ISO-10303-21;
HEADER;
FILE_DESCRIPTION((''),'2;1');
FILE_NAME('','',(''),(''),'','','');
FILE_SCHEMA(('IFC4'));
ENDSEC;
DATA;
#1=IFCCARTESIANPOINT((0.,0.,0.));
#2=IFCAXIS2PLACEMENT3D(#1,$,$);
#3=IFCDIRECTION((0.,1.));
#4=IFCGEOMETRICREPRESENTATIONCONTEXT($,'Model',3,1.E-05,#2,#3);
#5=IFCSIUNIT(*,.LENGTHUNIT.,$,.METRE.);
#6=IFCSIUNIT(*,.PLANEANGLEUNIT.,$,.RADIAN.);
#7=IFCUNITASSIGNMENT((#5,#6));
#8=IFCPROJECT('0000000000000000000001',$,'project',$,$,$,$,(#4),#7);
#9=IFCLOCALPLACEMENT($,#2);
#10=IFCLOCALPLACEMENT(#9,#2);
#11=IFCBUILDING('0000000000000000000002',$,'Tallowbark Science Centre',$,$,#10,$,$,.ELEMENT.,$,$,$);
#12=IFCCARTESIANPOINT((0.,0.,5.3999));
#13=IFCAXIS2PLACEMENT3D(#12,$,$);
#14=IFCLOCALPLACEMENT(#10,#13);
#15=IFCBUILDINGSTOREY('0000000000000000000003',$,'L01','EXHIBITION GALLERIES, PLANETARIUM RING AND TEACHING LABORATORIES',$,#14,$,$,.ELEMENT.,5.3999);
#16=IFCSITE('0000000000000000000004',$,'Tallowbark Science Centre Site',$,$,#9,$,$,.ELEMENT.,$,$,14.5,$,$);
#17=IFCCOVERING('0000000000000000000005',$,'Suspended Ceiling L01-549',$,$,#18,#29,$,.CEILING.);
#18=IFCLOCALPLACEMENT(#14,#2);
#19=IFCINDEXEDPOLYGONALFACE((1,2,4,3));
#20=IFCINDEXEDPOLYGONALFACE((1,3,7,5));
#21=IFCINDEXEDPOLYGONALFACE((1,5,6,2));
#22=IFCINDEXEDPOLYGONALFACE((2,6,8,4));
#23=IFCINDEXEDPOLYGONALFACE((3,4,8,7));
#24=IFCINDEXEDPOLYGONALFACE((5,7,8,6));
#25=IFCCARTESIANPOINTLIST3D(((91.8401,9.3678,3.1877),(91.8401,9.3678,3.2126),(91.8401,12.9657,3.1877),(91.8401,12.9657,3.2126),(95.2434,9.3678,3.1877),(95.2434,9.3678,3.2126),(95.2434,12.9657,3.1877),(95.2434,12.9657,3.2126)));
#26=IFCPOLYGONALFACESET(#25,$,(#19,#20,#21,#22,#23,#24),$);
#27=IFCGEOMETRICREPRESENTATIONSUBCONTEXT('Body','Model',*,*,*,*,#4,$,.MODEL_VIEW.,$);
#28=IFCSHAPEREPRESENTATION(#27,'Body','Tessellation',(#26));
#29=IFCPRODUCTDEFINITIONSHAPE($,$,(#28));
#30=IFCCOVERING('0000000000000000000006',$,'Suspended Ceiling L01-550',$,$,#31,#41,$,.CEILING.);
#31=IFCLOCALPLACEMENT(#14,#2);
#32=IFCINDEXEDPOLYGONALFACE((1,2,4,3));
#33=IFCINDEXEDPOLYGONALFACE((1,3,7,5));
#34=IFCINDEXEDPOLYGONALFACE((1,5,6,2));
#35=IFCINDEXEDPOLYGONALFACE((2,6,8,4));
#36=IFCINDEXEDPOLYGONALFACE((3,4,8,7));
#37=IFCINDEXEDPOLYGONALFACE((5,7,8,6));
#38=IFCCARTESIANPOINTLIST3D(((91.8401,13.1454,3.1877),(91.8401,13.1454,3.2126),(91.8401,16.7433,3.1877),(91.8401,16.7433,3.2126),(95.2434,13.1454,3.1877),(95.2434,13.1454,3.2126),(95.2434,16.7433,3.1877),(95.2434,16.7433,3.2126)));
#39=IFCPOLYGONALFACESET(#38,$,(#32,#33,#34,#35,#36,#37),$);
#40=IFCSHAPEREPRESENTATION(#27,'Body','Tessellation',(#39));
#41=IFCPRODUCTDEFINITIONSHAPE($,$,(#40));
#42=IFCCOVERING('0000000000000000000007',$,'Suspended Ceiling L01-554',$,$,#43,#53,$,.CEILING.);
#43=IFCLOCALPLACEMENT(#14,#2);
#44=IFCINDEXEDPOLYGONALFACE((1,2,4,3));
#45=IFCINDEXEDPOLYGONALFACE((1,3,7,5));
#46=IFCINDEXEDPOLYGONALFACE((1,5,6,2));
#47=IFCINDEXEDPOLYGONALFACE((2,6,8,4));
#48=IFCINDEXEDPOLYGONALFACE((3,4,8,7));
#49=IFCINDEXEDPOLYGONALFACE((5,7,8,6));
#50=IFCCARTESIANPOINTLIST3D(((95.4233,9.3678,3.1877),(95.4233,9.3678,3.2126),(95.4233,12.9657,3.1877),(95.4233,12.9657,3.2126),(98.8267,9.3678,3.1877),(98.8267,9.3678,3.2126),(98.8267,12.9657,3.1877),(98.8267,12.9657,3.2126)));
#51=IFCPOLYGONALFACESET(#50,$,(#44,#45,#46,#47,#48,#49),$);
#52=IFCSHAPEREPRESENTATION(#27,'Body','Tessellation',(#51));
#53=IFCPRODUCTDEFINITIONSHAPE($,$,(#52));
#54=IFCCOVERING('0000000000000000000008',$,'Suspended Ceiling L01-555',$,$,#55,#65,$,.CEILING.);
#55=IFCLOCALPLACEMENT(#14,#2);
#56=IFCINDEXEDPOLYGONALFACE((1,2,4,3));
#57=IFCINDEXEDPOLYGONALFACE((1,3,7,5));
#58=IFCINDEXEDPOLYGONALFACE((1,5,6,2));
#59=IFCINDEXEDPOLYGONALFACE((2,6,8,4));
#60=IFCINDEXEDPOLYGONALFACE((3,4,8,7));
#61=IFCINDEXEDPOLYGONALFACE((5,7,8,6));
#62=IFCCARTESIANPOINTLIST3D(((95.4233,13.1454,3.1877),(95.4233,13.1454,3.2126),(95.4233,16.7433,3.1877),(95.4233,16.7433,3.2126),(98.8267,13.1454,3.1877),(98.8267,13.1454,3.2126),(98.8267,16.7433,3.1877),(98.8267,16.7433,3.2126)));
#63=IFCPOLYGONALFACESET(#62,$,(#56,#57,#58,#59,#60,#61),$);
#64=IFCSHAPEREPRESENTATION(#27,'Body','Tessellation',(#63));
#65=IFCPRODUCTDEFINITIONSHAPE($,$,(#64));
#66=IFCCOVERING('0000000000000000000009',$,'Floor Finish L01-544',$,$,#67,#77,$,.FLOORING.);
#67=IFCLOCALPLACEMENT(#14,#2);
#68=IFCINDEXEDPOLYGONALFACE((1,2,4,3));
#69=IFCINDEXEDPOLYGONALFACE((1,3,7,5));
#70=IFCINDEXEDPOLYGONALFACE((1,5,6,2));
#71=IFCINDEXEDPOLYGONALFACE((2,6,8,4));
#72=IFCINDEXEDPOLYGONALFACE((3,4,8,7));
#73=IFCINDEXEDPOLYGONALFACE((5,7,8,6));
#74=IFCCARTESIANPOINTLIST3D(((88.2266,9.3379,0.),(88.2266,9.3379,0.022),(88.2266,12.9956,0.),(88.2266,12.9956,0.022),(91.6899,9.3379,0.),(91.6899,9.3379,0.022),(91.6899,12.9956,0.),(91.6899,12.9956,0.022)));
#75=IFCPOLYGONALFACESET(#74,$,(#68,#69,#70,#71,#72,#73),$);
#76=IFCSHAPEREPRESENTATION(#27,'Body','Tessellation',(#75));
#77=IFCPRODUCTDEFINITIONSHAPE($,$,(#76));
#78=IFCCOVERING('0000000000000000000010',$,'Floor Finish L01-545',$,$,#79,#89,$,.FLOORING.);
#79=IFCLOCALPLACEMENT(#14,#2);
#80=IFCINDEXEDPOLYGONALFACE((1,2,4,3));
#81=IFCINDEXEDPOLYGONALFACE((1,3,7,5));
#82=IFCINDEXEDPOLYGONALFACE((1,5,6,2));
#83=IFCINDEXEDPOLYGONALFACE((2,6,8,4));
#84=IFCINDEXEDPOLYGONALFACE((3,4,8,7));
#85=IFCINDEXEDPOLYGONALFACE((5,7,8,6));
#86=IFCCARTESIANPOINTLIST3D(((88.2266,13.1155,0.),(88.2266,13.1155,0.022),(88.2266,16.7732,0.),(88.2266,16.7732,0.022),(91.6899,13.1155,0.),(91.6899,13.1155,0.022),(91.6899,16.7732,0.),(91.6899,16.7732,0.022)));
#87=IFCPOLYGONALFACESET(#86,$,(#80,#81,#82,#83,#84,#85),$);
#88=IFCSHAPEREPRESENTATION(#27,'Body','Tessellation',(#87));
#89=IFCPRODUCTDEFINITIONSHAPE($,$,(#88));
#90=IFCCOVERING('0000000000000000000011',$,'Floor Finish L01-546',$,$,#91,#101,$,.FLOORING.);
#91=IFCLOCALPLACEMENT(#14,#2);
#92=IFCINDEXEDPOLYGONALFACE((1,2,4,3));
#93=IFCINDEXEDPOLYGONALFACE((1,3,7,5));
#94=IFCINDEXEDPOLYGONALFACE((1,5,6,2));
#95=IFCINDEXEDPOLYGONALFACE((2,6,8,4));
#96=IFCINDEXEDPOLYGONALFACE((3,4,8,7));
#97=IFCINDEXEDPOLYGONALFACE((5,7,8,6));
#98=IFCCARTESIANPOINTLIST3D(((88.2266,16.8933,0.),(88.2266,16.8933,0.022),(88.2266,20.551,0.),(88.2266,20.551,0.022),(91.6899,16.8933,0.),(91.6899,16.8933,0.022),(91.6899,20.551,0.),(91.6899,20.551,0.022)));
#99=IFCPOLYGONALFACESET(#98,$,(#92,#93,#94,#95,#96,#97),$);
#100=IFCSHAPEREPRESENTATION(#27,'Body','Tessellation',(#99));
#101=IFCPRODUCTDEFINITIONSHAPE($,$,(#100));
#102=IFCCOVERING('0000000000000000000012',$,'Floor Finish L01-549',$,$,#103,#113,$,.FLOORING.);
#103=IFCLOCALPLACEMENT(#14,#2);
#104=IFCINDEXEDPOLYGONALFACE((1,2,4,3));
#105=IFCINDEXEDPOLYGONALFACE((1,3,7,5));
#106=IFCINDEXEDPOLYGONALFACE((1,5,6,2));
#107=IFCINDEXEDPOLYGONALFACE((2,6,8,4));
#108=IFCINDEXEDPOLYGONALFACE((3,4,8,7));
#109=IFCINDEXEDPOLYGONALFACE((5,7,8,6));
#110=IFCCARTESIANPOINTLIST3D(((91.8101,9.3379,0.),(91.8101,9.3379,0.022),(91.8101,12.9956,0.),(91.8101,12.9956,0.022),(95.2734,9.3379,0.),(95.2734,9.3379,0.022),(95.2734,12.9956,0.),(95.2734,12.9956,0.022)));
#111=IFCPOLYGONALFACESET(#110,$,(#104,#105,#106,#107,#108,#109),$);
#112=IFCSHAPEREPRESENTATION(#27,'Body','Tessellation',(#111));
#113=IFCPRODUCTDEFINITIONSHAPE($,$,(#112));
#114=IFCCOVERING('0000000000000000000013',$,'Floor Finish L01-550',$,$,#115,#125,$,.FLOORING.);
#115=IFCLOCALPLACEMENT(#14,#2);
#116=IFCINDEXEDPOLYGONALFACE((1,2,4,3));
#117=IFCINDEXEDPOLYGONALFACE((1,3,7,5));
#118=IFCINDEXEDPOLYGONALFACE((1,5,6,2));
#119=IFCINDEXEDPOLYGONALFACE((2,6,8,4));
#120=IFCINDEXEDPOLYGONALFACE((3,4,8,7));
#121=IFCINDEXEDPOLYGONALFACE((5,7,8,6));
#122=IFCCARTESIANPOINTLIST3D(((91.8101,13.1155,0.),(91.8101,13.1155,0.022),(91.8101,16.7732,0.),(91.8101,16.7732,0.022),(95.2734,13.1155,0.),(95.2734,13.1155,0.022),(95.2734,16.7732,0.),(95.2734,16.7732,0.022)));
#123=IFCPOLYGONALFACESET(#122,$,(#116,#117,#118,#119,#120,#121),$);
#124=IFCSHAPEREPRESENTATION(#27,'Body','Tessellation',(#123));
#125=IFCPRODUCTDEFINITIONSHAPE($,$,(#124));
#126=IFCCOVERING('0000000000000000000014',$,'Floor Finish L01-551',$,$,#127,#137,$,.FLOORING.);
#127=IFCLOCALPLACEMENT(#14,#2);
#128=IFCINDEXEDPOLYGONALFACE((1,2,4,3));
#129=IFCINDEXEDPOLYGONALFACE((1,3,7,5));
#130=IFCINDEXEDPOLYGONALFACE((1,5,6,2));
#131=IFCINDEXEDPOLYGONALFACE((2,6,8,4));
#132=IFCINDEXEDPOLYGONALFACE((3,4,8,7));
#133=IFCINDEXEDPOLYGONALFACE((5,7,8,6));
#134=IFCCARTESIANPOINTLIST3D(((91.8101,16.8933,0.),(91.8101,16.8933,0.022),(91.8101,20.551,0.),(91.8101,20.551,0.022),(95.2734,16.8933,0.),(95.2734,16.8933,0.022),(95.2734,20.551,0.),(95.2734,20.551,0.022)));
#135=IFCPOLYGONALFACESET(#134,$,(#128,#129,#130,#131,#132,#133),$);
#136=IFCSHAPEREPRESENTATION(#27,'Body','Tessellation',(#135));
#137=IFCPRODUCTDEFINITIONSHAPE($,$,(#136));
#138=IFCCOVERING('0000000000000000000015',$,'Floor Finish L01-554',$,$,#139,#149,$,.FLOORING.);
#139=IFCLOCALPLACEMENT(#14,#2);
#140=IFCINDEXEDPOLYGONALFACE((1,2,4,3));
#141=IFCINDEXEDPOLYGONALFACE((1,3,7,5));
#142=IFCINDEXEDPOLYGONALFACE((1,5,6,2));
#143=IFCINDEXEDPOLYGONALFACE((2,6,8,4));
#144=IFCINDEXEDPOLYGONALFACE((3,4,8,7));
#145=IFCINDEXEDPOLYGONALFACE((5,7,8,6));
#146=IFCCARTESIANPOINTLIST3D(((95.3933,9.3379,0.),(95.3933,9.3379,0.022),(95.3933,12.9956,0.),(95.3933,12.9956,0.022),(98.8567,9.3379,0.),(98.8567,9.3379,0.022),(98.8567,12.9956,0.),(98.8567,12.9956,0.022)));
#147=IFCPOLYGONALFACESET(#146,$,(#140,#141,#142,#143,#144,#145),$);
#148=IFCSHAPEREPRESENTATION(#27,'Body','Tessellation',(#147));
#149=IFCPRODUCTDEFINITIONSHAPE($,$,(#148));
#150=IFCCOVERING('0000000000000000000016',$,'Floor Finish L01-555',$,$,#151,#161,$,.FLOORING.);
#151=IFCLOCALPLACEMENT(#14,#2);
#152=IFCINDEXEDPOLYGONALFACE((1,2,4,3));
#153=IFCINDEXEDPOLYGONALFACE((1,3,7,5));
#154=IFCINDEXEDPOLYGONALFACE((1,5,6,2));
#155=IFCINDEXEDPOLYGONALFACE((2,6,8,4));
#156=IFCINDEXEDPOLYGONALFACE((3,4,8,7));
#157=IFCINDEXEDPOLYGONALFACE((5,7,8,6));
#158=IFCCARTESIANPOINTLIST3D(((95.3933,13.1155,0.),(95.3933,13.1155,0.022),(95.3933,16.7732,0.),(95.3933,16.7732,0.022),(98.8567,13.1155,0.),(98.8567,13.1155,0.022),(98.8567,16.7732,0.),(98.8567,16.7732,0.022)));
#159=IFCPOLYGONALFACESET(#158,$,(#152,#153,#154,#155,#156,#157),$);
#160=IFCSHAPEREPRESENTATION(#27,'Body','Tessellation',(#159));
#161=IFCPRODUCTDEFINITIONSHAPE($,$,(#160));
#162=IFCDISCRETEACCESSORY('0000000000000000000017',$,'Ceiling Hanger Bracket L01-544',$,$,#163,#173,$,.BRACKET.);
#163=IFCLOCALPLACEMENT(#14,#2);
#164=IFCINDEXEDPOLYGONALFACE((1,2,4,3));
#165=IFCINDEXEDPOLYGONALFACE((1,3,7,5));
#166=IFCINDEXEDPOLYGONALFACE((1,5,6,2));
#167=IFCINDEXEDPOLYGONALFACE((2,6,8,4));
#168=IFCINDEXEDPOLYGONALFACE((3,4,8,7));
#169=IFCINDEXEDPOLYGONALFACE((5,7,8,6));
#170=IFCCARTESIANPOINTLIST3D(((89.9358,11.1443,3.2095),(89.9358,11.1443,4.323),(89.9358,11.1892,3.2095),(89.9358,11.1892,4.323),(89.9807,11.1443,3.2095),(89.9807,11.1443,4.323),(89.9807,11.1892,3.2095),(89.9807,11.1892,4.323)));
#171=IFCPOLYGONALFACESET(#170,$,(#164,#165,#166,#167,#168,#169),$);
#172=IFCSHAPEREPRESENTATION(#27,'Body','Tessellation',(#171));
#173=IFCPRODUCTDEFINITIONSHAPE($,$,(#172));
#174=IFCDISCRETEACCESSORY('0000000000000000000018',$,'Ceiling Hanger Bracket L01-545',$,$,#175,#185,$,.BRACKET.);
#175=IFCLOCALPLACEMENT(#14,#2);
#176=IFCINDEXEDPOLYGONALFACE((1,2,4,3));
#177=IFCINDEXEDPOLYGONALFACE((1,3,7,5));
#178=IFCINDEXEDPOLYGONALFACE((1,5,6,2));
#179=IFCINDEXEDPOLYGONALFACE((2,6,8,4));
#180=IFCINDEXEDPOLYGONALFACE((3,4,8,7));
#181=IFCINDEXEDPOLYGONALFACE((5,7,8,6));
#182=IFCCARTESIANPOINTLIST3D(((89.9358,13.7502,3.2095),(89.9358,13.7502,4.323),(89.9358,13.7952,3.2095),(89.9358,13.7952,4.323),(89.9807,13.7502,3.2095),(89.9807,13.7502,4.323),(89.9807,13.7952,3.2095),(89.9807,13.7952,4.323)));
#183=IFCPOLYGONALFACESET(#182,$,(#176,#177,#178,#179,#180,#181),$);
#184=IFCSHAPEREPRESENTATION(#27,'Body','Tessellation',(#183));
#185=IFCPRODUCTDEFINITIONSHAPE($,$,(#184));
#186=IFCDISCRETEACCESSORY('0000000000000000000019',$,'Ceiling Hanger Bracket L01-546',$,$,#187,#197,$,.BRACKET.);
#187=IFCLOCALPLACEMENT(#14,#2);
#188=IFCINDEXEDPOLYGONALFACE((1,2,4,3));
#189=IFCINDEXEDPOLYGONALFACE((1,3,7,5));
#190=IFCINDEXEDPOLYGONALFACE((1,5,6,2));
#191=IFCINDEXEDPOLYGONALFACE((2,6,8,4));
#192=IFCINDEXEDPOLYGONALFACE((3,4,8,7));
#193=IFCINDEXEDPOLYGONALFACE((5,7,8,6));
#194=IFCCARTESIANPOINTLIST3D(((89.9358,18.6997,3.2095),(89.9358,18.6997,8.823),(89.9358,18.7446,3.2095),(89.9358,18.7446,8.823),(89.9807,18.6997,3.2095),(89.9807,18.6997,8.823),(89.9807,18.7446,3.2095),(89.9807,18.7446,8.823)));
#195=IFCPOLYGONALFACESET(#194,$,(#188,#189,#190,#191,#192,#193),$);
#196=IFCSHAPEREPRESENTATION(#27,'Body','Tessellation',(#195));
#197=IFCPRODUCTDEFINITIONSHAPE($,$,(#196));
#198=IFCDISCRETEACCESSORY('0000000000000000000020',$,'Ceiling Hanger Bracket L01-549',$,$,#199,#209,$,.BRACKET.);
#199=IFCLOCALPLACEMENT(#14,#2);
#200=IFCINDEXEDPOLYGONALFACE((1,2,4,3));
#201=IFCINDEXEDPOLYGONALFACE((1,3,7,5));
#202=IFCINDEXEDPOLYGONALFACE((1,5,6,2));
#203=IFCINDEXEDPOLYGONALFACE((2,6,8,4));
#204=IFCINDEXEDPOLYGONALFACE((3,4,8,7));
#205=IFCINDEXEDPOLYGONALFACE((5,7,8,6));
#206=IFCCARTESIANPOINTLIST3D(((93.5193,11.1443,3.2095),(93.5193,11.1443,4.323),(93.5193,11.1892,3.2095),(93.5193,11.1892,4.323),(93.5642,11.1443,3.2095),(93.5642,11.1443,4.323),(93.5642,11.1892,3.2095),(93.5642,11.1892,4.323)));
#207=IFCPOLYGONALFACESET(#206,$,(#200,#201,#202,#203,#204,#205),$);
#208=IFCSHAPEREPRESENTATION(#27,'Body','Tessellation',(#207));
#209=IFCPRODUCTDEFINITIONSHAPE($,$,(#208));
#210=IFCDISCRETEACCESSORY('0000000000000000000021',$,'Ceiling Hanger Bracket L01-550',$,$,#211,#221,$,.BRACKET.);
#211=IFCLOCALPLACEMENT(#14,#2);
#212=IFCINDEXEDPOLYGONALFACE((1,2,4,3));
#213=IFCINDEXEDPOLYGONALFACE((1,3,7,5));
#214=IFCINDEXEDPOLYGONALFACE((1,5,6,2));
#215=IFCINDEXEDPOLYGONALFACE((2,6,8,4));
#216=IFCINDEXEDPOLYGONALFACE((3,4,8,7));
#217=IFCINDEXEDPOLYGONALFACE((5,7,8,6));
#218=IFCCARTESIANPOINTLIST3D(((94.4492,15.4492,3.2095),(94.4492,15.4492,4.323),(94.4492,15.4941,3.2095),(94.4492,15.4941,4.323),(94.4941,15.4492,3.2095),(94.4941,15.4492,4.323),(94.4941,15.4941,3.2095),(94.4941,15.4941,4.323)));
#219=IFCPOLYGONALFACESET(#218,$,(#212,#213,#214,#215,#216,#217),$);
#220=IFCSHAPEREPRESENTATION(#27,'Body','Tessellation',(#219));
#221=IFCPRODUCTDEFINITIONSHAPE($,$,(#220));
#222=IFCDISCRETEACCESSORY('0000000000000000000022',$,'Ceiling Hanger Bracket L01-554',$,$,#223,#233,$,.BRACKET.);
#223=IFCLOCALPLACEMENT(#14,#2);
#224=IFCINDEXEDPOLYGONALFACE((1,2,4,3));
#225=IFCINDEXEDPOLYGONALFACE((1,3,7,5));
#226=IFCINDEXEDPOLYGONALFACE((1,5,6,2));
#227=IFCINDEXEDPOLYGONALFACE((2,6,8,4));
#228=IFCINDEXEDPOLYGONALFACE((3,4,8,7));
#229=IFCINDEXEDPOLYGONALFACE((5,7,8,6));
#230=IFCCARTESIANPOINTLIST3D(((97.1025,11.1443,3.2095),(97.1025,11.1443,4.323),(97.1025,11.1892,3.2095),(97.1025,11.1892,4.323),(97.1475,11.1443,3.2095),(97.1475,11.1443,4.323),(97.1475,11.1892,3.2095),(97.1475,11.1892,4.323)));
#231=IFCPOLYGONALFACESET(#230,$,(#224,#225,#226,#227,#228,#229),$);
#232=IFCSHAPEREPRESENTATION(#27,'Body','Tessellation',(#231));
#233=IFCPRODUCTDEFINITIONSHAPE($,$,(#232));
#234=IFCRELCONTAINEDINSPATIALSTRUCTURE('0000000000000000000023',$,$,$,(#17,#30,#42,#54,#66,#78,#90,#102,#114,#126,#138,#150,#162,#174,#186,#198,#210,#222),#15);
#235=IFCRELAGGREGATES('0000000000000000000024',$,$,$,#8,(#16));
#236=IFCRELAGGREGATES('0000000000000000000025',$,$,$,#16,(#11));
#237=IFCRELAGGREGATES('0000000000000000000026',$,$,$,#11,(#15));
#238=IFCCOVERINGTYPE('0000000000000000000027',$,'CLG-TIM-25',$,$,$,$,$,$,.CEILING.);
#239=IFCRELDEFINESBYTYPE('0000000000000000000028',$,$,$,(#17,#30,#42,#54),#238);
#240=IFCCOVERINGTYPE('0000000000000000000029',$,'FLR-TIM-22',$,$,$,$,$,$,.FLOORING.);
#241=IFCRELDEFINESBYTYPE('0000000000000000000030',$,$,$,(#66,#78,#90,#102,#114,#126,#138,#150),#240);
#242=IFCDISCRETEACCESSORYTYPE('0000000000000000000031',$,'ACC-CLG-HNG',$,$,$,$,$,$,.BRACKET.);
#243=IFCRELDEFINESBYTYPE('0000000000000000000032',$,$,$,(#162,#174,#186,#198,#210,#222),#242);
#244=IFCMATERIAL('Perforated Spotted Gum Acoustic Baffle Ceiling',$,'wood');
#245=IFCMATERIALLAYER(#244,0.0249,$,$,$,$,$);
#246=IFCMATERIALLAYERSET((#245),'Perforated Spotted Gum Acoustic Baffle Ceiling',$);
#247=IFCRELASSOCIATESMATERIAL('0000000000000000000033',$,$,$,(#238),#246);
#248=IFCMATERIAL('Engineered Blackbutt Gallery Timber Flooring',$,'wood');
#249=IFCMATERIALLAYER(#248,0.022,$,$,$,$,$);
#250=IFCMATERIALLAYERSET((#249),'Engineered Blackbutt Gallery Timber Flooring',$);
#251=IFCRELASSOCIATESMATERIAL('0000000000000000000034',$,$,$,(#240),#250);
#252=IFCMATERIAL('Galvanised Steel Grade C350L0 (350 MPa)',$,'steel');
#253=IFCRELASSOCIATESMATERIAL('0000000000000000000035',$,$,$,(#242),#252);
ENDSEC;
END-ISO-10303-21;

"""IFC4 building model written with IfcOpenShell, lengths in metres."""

from ifc_helpers import new_model, si_unit, direction, frame, origin, origin_2d, place, context, subcontext, project, spatial, rectangle, extrude, material, layer, layer_set, type_object, element, save


model = new_model("IFC4")

# Units and contexts
model_context = context("Model", 3, precision=1e-05, world=origin(), true_north=direction((0.0, 1.0)))
body_context = subcontext(model_context, "Body", "Model", "MODEL_VIEW")
ifc_project = project(units=[si_unit("LENGTHUNIT", "METRE"), si_unit("PLANEANGLEUNIT", "RADIAN")], contexts=[model_context])

# Site, building, storey
site_placement = place(None, origin())
site = spatial("IfcSite", under=ifc_project, at=site_placement, Name="Tallowbark Science Centre Site", CompositionType="ELEMENT", RefElevation=14.5)
building_placement = place(site_placement, origin())
building = spatial("IfcBuilding", under=site, at=building_placement, Name="Tallowbark Science Centre", CompositionType="ELEMENT")
storey_placement = place(building_placement, frame((0.0, 0.0, 5.3999)))
storey = spatial("IfcBuildingStorey", under=building, at=storey_placement, Name="L01", Description="EXHIBITION GALLERIES, PLANETARIUM RING AND TEACHING LABORATORIES", CompositionType="ELEMENT", Elevation=5.3999)

# Coverings
ifc_material_1 = material(Name="Perforated Spotted Gum Acoustic Baffle Ceiling", Category="wood")
ifc_layer_1 = layer(ifc_material_1, 0.0249)
ifc_layer_set_1 = layer_set([ifc_layer_1], Name="Perforated Spotted Gum Acoustic Baffle Ceiling")
covering_type_1 = type_object("IfcCoveringType", Name="CLG-TIM-25", PredefinedType="CEILING", material=ifc_layer_set_1)
for number, where, z_axis, x_axis, name in (
    (1, (93.5417, 11.1667, 3.1877), (0.0, 0.0, 1.0), (1.0, 0.0, 0.0), "Suspended Ceiling L01-549"),
    (2, (93.5417, 14.9443, 3.1877), (0.0, 0.0, 1.0), (1.0, 0.0, 0.0), "Suspended Ceiling L01-550"),
    (3, (97.125, 11.1667, 3.1877), (0.0, 0.0, 1.0), (1.0, 0.0, 0.0), "Suspended Ceiling L01-554"),
    (4, (97.125, 14.9443, 3.1877), (0.0, 0.0, 1.0), (1.0, 0.0, 0.0), "Suspended Ceiling L01-555"),
):
    element("IfcCovering", number, at=place(storey_placement, frame(where, z_axis=z_axis, x_axis=x_axis)), inside=storey, type_object=covering_type_1, Name=name, PredefinedType="CEILING", context=body_context, shape_type="SweptSolid", body=[
        extrude(rectangle(XDim=3.4033, YDim=3.5979, at=origin_2d()), origin(), (0.0, 0.0, 1.0), 0.0249),
    ])
ifc_material_2 = material(Name="Engineered Blackbutt Gallery Timber Flooring", Category="wood")
ifc_layer_2 = layer(ifc_material_2, 0.022)
ifc_layer_set_2 = layer_set([ifc_layer_2], Name="Engineered Blackbutt Gallery Timber Flooring")
covering_type_2 = type_object("IfcCoveringType", Name="FLR-TIM-22", PredefinedType="FLOORING", material=ifc_layer_set_2)
for number, where, z_axis, x_axis, name in (
    (5, (89.9583, 11.1667, 0.0), (0.0, 0.0, 1.0), (1.0, 0.0, 0.0), "Floor Finish L01-544"),
    (6, (89.9583, 14.9443, 0.0), (0.0, 0.0, 1.0), (1.0, 0.0, 0.0), "Floor Finish L01-545"),
    (7, (89.9583, 18.7222, 0.0), (0.0, 0.0, 1.0), (1.0, 0.0, 0.0), "Floor Finish L01-546"),
    (8, (93.5417, 11.1667, 0.0), (0.0, 0.0, 1.0), (1.0, 0.0, 0.0), "Floor Finish L01-549"),
    (9, (93.5417, 14.9443, 0.0), (0.0, 0.0, 1.0), (1.0, 0.0, 0.0), "Floor Finish L01-550"),
    (10, (93.5417, 18.7222, 0.0), (0.0, 0.0, 1.0), (1.0, 0.0, 0.0), "Floor Finish L01-551"),
    (11, (97.125, 11.1667, 0.0), (0.0, 0.0, 1.0), (1.0, 0.0, 0.0), "Floor Finish L01-554"),
    (12, (97.125, 14.9443, 0.0), (0.0, 0.0, 1.0), (1.0, 0.0, 0.0), "Floor Finish L01-555"),
):
    element("IfcCovering", number, at=place(storey_placement, frame(where, z_axis=z_axis, x_axis=x_axis)), inside=storey, type_object=covering_type_2, Name=name, PredefinedType="FLOORING", context=body_context, shape_type="SweptSolid", body=[
        extrude(rectangle(XDim=3.4634, YDim=3.6577, at=origin_2d()), origin(), (0.0, 0.0, 1.0), 0.022),
    ])

# Discrete accessories
ifc_material_3 = material(Name="Galvanised Steel Grade C350L0 (350 MPa)", Category="steel")
discrete_accessory_type = type_object("IfcDiscreteAccessoryType", Name="ACC-CLG-HNG", PredefinedType="BRACKET", material=ifc_material_3)
for number, where, z_axis, x_axis, name in (
    (13, (89.9583, 11.1667, 3.2095), (0.0, 0.0, 1.0), (1.0, 0.0, 0.0), "Ceiling Hanger Bracket L01-544"),
    (14, (89.9583, 13.7727, 3.2095), (0.0, 0.0, 1.0), (1.0, 0.0, 0.0), "Ceiling Hanger Bracket L01-545"),
):
    element("IfcDiscreteAccessory", number, at=place(storey_placement, frame(where, z_axis=z_axis, x_axis=x_axis)), inside=storey, type_object=discrete_accessory_type, Name=name, PredefinedType="BRACKET", context=body_context, shape_type="SweptSolid", body=[
        extrude(rectangle(XDim=0.0449, YDim=0.0449, at=origin_2d()), origin(), (0.0, 0.0, 1.0), 1.1135),
    ])
discrete_accessory_placement = place(storey_placement, frame((89.9583, 18.7222, 3.2095), z_axis=(0.0, 0.0, 1.0), x_axis=(1.0, 0.0, 0.0)))
element("IfcDiscreteAccessory", 15, at=discrete_accessory_placement, inside=storey, type_object=discrete_accessory_type, Name="Ceiling Hanger Bracket L01-546", PredefinedType="BRACKET", context=body_context, shape_type="SweptSolid", body=[
    extrude(rectangle(XDim=0.0449, YDim=0.0449, at=origin_2d()), origin(), (0.0, 0.0, 1.0), 5.6135),
])
for number, where, z_axis, x_axis, name in (
    (16, (93.5417, 11.1667, 3.2095), (0.0, 0.0, 1.0), (1.0, 0.0, 0.0), "Ceiling Hanger Bracket L01-549"),
    (17, (94.4717, 15.4717, 3.2095), (0.0, 0.0, 1.0), (1.0, 0.0, 0.0), "Ceiling Hanger Bracket L01-550"),
    (18, (97.125, 11.1667, 3.2095), (0.0, 0.0, 1.0), (1.0, 0.0, 0.0), "Ceiling Hanger Bracket L01-554"),
):
    element("IfcDiscreteAccessory", number, at=place(storey_placement, frame(where, z_axis=z_axis, x_axis=x_axis)), inside=storey, type_object=discrete_accessory_type, Name=name, PredefinedType="BRACKET", context=body_context, shape_type="SweptSolid", body=[
        extrude(rectangle(XDim=0.0449, YDim=0.0449, at=origin_2d()), origin(), (0.0, 0.0, 1.0), 1.1135),
    ])

save(model, "model.ifc")
